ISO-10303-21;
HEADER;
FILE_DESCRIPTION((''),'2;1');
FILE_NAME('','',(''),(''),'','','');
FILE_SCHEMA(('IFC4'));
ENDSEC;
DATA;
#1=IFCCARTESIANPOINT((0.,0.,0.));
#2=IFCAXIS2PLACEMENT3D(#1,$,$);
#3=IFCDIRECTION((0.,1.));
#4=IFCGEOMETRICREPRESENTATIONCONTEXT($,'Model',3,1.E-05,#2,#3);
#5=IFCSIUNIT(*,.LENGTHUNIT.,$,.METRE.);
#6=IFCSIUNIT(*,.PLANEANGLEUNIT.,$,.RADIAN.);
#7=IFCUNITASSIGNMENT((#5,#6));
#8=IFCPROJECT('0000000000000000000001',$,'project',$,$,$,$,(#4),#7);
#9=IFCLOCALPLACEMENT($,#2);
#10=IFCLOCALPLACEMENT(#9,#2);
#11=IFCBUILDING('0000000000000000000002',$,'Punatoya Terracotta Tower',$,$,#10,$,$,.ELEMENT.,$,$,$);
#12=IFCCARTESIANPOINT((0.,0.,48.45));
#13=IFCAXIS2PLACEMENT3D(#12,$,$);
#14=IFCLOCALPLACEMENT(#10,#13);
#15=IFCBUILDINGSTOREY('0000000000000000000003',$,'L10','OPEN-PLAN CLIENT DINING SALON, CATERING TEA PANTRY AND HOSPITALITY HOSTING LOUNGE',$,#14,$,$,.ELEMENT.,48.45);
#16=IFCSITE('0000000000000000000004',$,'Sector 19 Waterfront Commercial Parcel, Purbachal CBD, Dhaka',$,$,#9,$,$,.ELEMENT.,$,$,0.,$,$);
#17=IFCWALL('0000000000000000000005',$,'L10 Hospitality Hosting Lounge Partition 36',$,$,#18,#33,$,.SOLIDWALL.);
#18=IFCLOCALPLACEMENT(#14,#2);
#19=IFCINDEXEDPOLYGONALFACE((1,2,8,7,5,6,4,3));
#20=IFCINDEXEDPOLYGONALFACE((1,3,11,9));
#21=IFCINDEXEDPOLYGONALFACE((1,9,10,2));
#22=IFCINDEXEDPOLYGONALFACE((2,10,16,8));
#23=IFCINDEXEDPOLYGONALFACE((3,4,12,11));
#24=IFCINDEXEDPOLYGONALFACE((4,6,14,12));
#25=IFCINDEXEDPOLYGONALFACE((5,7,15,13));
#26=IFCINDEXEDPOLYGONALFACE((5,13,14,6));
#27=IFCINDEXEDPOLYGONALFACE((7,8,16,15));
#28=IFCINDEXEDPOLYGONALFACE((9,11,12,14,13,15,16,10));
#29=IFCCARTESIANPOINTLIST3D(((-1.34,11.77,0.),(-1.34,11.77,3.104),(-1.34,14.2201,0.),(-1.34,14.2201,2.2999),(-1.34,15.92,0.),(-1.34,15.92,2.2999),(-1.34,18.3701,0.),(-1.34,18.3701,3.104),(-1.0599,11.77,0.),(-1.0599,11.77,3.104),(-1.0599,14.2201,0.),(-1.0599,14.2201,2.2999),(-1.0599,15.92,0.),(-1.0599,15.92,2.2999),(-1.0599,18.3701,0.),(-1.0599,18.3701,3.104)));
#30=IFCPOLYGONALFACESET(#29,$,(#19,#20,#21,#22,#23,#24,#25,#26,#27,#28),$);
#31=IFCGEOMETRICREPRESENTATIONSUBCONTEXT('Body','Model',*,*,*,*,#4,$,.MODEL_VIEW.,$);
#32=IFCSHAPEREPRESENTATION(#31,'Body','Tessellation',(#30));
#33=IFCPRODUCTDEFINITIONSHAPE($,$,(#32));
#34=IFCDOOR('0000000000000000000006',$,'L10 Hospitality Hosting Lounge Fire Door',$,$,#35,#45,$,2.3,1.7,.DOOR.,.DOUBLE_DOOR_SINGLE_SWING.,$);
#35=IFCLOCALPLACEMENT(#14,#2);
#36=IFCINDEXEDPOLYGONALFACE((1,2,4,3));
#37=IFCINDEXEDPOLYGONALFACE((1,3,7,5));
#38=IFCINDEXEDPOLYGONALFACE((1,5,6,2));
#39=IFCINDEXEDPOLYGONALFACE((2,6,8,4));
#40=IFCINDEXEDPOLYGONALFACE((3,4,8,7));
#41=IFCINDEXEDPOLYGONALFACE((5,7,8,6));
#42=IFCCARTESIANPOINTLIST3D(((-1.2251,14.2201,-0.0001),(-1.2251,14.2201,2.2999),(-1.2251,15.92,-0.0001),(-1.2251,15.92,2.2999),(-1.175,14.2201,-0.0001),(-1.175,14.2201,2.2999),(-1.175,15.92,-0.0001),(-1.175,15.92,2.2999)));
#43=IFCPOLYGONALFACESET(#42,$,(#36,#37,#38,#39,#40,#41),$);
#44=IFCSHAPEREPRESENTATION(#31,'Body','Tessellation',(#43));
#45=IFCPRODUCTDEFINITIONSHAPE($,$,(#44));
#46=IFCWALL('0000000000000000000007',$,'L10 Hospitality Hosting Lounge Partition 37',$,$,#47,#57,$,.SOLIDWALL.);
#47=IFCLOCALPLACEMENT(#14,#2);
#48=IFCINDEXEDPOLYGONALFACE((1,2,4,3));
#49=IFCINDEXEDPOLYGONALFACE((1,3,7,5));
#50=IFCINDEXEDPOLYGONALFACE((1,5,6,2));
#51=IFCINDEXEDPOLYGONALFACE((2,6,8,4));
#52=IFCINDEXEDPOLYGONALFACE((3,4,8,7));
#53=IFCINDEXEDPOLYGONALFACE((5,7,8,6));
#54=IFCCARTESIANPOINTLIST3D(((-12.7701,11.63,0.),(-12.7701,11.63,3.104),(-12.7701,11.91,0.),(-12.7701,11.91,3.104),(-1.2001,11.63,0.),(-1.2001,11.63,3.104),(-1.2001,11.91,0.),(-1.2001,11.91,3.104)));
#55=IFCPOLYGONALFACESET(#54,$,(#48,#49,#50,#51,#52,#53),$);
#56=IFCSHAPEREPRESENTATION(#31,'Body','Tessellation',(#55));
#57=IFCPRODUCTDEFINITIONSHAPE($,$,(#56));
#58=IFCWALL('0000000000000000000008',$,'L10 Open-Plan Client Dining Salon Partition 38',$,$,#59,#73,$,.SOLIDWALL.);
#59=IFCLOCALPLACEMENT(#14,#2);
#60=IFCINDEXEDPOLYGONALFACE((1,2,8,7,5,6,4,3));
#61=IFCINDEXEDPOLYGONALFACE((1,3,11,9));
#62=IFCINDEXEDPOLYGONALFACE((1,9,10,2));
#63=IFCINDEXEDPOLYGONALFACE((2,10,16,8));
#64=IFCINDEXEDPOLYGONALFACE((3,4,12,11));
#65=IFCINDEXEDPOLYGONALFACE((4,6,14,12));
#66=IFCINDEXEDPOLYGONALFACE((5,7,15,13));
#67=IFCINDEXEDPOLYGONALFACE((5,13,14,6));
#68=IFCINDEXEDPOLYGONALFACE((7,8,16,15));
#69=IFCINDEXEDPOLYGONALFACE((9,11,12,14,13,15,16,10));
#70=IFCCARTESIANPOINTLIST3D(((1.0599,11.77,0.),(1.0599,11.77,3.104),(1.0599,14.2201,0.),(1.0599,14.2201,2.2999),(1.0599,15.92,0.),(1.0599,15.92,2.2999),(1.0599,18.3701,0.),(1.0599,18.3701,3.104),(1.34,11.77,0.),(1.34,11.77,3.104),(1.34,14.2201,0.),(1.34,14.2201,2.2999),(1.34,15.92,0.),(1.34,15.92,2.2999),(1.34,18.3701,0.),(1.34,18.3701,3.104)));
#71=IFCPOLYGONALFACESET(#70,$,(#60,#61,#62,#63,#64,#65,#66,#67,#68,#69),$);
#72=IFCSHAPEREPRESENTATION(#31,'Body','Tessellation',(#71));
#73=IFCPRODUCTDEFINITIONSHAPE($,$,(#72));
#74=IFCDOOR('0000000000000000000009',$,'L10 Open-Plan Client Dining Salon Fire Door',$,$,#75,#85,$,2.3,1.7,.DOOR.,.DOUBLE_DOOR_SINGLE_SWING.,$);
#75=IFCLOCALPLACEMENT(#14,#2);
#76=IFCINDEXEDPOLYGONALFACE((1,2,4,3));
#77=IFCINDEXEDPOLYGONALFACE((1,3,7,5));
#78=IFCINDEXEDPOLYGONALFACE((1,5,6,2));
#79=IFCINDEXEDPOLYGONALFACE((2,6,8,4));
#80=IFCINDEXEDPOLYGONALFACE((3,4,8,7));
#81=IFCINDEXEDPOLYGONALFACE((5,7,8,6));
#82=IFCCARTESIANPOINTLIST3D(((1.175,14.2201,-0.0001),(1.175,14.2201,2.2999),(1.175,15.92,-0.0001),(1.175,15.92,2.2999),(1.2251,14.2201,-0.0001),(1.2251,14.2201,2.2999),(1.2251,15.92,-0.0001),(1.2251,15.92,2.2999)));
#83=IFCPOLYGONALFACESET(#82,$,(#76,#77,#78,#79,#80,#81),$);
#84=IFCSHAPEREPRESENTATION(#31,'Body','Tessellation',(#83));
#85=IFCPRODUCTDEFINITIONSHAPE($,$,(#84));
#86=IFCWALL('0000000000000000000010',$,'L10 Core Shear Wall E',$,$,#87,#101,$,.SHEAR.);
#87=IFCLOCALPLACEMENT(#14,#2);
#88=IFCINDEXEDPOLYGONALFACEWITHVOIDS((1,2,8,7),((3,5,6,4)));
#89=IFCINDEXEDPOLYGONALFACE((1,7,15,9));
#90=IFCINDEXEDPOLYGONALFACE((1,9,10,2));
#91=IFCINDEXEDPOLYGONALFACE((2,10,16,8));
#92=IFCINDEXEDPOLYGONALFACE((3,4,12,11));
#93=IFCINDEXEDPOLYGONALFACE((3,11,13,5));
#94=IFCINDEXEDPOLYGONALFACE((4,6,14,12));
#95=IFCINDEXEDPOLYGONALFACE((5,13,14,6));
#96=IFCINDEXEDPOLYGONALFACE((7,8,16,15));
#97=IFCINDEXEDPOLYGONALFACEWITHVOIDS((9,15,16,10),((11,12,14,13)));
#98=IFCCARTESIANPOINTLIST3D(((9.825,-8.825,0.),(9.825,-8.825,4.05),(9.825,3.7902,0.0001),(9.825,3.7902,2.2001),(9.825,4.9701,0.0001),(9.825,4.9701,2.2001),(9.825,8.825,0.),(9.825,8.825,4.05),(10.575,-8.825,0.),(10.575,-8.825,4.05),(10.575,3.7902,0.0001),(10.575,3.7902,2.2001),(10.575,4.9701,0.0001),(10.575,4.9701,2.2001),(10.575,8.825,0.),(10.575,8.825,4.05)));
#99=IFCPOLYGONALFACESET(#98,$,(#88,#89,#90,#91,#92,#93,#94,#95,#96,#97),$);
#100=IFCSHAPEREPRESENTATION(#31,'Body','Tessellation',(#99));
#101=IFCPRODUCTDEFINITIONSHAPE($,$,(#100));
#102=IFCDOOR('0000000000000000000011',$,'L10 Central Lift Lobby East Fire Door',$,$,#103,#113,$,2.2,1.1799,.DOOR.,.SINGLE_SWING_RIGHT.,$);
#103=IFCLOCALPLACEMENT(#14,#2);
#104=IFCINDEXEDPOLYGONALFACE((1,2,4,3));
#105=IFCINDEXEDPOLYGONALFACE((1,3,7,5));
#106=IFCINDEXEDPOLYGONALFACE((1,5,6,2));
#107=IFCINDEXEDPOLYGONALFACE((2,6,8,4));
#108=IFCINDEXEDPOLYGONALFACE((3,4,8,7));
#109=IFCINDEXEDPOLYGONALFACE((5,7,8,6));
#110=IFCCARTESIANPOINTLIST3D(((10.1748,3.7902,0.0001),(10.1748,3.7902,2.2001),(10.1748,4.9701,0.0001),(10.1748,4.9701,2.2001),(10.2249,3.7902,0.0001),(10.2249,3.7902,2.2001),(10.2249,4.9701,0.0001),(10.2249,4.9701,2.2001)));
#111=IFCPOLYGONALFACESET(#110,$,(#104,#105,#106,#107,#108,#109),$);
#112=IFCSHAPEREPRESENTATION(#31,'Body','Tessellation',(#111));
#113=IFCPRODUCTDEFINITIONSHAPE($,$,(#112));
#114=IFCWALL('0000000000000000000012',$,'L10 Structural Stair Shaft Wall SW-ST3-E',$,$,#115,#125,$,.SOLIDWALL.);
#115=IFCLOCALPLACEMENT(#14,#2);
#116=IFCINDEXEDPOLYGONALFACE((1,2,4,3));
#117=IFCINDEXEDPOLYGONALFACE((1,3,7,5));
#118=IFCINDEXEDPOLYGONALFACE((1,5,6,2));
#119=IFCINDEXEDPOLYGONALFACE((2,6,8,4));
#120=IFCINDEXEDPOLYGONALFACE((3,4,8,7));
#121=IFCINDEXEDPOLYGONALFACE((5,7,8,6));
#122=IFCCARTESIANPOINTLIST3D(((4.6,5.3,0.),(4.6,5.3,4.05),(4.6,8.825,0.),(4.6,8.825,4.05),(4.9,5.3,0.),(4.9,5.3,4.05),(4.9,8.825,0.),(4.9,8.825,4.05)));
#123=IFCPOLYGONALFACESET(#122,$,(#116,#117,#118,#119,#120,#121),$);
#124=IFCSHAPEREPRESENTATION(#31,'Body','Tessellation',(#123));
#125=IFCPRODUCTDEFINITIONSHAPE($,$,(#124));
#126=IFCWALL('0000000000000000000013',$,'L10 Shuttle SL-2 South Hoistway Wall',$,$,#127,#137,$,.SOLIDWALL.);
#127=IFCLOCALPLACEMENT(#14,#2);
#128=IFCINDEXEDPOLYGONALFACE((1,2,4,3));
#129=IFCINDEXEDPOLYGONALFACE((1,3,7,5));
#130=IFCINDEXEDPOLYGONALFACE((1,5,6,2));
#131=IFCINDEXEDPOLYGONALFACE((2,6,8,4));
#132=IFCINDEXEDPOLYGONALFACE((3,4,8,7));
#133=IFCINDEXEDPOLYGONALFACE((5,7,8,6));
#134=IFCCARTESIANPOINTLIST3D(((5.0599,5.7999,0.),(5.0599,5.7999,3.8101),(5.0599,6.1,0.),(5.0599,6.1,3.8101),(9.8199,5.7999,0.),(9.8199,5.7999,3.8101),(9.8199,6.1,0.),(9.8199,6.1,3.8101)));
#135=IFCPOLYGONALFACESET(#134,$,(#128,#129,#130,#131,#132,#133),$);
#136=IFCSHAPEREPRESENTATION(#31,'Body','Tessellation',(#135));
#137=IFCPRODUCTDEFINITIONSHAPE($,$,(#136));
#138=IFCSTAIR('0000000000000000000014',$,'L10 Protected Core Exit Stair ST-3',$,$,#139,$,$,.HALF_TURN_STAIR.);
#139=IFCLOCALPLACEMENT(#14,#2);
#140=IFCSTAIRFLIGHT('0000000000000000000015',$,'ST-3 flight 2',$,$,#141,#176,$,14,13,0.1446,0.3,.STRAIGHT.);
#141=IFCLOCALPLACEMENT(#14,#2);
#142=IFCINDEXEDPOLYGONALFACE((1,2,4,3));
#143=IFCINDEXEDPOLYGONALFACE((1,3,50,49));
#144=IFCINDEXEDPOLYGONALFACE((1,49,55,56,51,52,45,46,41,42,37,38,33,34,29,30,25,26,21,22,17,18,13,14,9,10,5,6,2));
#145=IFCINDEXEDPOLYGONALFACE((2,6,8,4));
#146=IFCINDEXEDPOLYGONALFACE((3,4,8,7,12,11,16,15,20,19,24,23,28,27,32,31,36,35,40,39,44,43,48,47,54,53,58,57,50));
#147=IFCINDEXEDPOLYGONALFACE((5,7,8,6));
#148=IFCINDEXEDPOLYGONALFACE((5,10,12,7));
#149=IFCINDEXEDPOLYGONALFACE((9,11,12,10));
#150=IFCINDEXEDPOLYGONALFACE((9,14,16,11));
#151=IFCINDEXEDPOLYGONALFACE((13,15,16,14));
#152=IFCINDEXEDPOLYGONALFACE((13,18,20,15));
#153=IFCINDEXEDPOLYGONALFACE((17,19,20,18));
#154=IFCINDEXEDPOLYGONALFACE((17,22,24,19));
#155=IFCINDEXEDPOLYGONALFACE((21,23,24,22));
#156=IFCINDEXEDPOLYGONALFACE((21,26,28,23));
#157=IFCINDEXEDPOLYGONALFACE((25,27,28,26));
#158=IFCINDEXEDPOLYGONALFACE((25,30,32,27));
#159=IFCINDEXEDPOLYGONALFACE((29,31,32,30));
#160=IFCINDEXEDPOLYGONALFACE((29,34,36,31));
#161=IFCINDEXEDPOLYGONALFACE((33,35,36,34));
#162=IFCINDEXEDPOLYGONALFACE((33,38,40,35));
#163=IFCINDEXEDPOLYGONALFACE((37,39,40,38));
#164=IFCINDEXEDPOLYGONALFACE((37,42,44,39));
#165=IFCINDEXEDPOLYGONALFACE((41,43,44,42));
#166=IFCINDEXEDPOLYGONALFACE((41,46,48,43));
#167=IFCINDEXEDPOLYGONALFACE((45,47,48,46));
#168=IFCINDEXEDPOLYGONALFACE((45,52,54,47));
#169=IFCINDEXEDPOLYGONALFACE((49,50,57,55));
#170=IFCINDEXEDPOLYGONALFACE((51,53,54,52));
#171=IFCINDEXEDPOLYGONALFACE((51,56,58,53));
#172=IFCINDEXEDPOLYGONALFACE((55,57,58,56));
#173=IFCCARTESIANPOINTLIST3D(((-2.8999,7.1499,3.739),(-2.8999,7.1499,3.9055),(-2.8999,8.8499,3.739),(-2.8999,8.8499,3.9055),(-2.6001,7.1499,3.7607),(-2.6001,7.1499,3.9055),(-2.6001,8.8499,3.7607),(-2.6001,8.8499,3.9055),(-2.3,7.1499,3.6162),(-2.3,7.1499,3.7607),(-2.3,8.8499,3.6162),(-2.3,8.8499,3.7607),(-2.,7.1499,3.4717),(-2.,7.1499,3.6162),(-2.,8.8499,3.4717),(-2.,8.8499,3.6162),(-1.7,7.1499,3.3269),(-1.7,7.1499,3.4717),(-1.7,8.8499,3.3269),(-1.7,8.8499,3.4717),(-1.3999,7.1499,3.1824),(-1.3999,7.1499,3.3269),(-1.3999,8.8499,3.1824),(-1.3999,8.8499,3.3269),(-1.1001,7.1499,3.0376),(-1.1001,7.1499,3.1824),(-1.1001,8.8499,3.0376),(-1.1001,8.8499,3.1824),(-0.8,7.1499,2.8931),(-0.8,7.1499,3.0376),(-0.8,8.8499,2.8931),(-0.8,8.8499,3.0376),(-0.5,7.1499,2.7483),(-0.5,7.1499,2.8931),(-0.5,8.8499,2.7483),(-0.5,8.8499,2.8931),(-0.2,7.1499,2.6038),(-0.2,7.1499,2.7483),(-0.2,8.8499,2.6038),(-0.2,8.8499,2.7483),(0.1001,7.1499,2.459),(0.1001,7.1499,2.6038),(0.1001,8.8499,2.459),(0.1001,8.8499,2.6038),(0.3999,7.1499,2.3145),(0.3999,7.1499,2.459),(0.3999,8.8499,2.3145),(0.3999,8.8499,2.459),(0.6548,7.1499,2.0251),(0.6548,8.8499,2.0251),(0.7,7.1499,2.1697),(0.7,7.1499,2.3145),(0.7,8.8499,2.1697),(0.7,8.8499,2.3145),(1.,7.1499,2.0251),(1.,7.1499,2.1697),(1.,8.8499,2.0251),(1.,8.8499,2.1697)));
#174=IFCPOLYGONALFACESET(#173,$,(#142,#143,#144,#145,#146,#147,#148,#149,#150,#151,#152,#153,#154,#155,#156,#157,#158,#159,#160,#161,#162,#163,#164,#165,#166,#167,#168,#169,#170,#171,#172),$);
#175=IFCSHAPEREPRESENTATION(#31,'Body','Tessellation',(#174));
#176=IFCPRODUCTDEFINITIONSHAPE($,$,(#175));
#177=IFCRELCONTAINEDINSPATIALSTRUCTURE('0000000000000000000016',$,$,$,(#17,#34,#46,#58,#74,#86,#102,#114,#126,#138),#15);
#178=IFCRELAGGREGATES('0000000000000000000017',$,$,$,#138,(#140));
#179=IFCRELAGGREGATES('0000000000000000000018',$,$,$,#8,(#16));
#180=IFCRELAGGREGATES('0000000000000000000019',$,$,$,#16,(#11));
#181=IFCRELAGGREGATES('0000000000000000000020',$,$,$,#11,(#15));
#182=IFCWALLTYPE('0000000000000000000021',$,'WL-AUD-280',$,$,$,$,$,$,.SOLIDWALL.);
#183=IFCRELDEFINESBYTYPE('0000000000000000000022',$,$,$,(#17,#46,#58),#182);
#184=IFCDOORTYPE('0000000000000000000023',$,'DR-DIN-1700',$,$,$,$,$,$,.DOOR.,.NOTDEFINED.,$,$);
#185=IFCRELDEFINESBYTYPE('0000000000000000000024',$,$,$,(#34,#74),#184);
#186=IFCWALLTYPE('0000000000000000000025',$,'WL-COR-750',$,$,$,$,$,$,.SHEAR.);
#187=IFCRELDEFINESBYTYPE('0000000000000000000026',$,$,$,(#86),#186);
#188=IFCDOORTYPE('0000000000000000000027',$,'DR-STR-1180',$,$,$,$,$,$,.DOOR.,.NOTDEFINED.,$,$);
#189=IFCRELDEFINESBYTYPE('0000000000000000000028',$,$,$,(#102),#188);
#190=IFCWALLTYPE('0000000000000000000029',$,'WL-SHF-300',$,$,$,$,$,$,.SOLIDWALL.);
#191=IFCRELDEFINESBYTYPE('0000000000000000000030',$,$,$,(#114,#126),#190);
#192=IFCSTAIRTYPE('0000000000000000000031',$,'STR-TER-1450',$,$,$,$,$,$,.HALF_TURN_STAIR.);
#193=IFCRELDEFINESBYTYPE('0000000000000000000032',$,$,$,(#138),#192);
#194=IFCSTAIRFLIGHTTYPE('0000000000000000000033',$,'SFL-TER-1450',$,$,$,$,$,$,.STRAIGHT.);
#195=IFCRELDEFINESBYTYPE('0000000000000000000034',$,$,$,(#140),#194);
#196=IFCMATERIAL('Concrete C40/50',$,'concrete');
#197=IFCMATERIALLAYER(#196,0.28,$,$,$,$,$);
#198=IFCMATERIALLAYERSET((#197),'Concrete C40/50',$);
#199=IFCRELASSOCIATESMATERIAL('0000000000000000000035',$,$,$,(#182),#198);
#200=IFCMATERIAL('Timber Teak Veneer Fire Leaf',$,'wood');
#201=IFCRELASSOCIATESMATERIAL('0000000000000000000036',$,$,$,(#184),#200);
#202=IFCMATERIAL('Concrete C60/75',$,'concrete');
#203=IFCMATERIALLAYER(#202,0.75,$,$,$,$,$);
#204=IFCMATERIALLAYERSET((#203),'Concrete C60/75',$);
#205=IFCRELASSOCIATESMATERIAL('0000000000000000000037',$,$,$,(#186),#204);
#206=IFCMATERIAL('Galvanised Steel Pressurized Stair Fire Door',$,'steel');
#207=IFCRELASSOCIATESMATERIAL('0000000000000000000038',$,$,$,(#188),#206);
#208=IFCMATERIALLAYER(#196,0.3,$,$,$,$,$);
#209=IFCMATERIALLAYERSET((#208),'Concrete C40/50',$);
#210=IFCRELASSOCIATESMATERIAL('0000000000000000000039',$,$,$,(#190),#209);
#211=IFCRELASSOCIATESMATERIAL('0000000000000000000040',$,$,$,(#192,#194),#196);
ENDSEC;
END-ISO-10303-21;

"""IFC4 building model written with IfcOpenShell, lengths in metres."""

from ifc_helpers import new_model, si_unit, direction, frame, frame_2d, origin, place, context, subcontext, project, spatial, polyline, rectangle, outline, extrude, material, layer, layer_set, type_object, element, fill, aggregate, save


model = new_model("IFC4")

# Units and contexts
model_context = context("Model", 3, precision=1e-05, world=origin(), true_north=direction((0.0, 1.0)))
body_context = subcontext(model_context, "Body", "Model", "MODEL_VIEW")
ifc_project = project(units=[si_unit("LENGTHUNIT", "METRE"), si_unit("PLANEANGLEUNIT", "RADIAN")], contexts=[model_context])

# Site, building, storey
site_placement = place(None, origin())
site = spatial("IfcSite", under=ifc_project, at=site_placement, Name="Sector 19 Waterfront Commercial Parcel, Purbachal CBD, Dhaka", CompositionType="ELEMENT", RefElevation=0.0)
building_placement = place(site_placement, origin())
building = spatial("IfcBuilding", under=site, at=building_placement, Name="Punatoya Terracotta Tower", CompositionType="ELEMENT")
storey_placement = place(building_placement, frame((0.0, 0.0, 48.45)))
storey = spatial("IfcBuildingStorey", under=building, at=storey_placement, Name="L10", Description="OPEN-PLAN CLIENT DINING SALON, CATERING TEA PANTRY AND HOSPITALITY HOSTING LOUNGE", CompositionType="ELEMENT", Elevation=48.45)

# Wall, opening, door
ifc_material_1 = material(Name="Concrete C40/50", Category="concrete")
ifc_layer_1 = layer(ifc_material_1, 0.28)
ifc_layer_set_1 = layer_set([ifc_layer_1], Name="Concrete C40/50")
wall_type_1 = type_object("IfcWallType", Name="WL-AUD-280", PredefinedType="SOLIDWALL", material=ifc_layer_set_1)
wall_1_placement = place(storey_placement, frame((-1.2, 18.3701, 0.0), z_axis=(0.0, 0.0, 1.0), x_axis=(0.0, -1.0, 0.0)))
wall_1 = element("IfcWall", 1, at=wall_1_placement, inside=storey, type_object=wall_type_1, Name="L10 Hospitality Hosting Lounge Partition 36", PredefinedType="SOLIDWALL", context=body_context, shape_type="SweptSolid", body=[
    extrude(rectangle(XDim=6.6001, YDim=0.28, at=frame_2d((3.3, 0.0))), origin(), (0.0, 0.0, 1.0), 3.104),
])
opening_1_placement = place(wall_1_placement, frame((2.45, 0.0, 0.0)))
opening_1 = element("IfcOpeningElement", 2, at=opening_1_placement, cuts=wall_1, PredefinedType="OPENING", context=body_context, shape_type="SweptSolid", body=[
    extrude(rectangle(XDim=1.7, YDim=2.3, at=frame_2d((0.8501, 1.1499))), frame((0.0, 0.1499, 0.0), z_axis=(0.0, -1.0, 0.0), x_axis=(1.0, 0.0, 0.0)), (0.0, 0.0, 1.0), 0.3),
])
ifc_material_2 = material(Name="Timber Teak Veneer Fire Leaf", Category="wood")
door_type_1 = type_object("IfcDoorType", Name="DR-DIN-1700", OperationType="NOTDEFINED", PredefinedType="DOOR", material=ifc_material_2)
door_1_placement = place(opening_1_placement, origin())
door_1 = element("IfcDoor", 3, at=door_1_placement, inside=storey, type_object=door_type_1, Name="L10 Hospitality Hosting Lounge Fire Door", OperationType="DOUBLE_DOOR_SINGLE_SWING", OverallHeight=2.3, OverallWidth=1.7, PredefinedType="DOOR", context=body_context, shape_type="SweptSolid", body=[
    extrude(rectangle(XDim=1.7, YDim=2.3, at=frame_2d((0.8501, 1.1499))), frame((0.0, 0.0249, 0.0), z_axis=(0.0, -1.0, 0.0), x_axis=(1.0, 0.0, 0.0)), (0.0, 0.0, 1.0), 0.05),
])
fill(opening_1, door_1)

# Wall
wall_2_placement = place(storey_placement, frame((-1.2, 11.77, 0.0), z_axis=(0.0, 0.0, 1.0), x_axis=(-1.0, 0.0, 0.0)))
element("IfcWall", 4, at=wall_2_placement, inside=storey, type_object=wall_type_1, Name="L10 Hospitality Hosting Lounge Partition 37", PredefinedType="SOLIDWALL", context=body_context, shape_type="SweptSolid", body=[
    extrude(rectangle(XDim=11.5701, YDim=0.28, at=frame_2d((5.7852, 0.0))), origin(), (0.0, 0.0, 1.0), 3.104),
])

# Walls, openings, doors
wall_3_placement = place(storey_placement, frame((1.2, 11.77, 0.0), z_axis=(0.0, 0.0, 1.0), x_axis=(0.0, 1.0, 0.0)))
wall_3 = element("IfcWall", 5, at=wall_3_placement, inside=storey, type_object=wall_type_1, Name="L10 Open-Plan Client Dining Salon Partition 38", PredefinedType="SOLIDWALL", context=body_context, shape_type="SweptSolid", body=[
    extrude(rectangle(XDim=6.6001, YDim=0.28, at=frame_2d((3.3, 0.0))), origin(), (0.0, 0.0, 1.0), 3.104),
])
opening_2_placement = place(wall_3_placement, frame((2.45, 0.0, 0.0)))
opening_2 = element("IfcOpeningElement", 6, at=opening_2_placement, cuts=wall_3, PredefinedType="OPENING", context=body_context, shape_type="SweptSolid", body=[
    extrude(rectangle(XDim=1.7, YDim=2.3, at=frame_2d((0.8501, 1.1499))), frame((0.0, 0.1499, 0.0), z_axis=(0.0, -1.0, 0.0), x_axis=(1.0, 0.0, 0.0)), (0.0, 0.0, 1.0), 0.3),
])
door_2_placement = place(opening_2_placement, origin())
door_2 = element("IfcDoor", 7, at=door_2_placement, inside=storey, type_object=door_type_1, Name="L10 Open-Plan Client Dining Salon Fire Door", OperationType="DOUBLE_DOOR_SINGLE_SWING", OverallHeight=2.3, OverallWidth=1.7, PredefinedType="DOOR", context=body_context, shape_type="SweptSolid", body=[
    extrude(rectangle(XDim=1.7, YDim=2.3, at=frame_2d((0.8501, 1.1499))), frame((0.0, 0.0249, 0.0), z_axis=(0.0, -1.0, 0.0), x_axis=(1.0, 0.0, 0.0)), (0.0, 0.0, 1.0), 0.05),
])
fill(opening_2, door_2)
ifc_material_3 = material(Name="Concrete C60/75", Category="concrete")
ifc_layer_2 = layer(ifc_material_3, 0.75)
ifc_layer_set_2 = layer_set([ifc_layer_2], Name="Concrete C60/75")
wall_type_2 = type_object("IfcWallType", Name="WL-COR-750", PredefinedType="SHEAR", material=ifc_layer_set_2)
wall_4_placement = place(storey_placement, frame((10.2, 8.825, 0.0), z_axis=(0.0, 0.0, 1.0), x_axis=(0.0, -1.0, 0.0)))
wall_4 = element("IfcWall", 8, at=wall_4_placement, inside=storey, type_object=wall_type_2, Name="L10 Core Shear Wall E", PredefinedType="SHEAR", context=body_context, shape_type="SweptSolid", body=[
    extrude(rectangle(XDim=17.6499, YDim=0.75, at=frame_2d((8.825, 0.0))), origin(), (0.0, 0.0, 1.0), 4.05),
])
opening_3_placement = place(wall_4_placement, frame((3.855, 0.0, 0.0)))
opening_3 = element("IfcOpeningElement", 9, at=opening_3_placement, cuts=wall_4, PredefinedType="OPENING", context=body_context, shape_type="SweptSolid", body=[
    extrude(rectangle(XDim=1.1799, YDim=2.2, at=frame_2d((0.5898, 1.1001))), frame((0.0, 0.385, 0.0), z_axis=(0.0, -1.0, 0.0), x_axis=(1.0, 0.0, 0.0)), (0.0, 0.0, 1.0), 0.77),
])
ifc_material_4 = material(Name="Galvanised Steel Pressurized Stair Fire Door", Category="steel")
door_type_2 = type_object("IfcDoorType", Name="DR-STR-1180", OperationType="NOTDEFINED", PredefinedType="DOOR", material=ifc_material_4)
door_3_placement = place(opening_3_placement, origin())
door_3 = element("IfcDoor", 10, at=door_3_placement, inside=storey, type_object=door_type_2, Name="L10 Central Lift Lobby East Fire Door", OperationType="SINGLE_SWING_RIGHT", OverallHeight=2.2, OverallWidth=1.1799, PredefinedType="DOOR", context=body_context, shape_type="SweptSolid", body=[
    extrude(rectangle(XDim=1.1799, YDim=2.2, at=frame_2d((0.5898, 1.1001))), frame((0.0, 0.0249, 0.0), z_axis=(0.0, -1.0, 0.0), x_axis=(1.0, 0.0, 0.0)), (0.0, 0.0, 1.0), 0.05),
])
fill(opening_3, door_3)

# Walls
ifc_layer_3 = layer(ifc_material_1, 0.3)
ifc_layer_set_3 = layer_set([ifc_layer_3], Name="Concrete C40/50")
wall_type_3 = type_object("IfcWallType", Name="WL-SHF-300", PredefinedType="SOLIDWALL", material=ifc_layer_set_3)
wall_5_placement = place(storey_placement, frame((4.75, 8.825, 0.0), z_axis=(0.0, 0.0, 1.0), x_axis=(0.0, -1.0, 0.0)))
element("IfcWall", 11, at=wall_5_placement, inside=storey, type_object=wall_type_3, Name="L10 Structural Stair Shaft Wall SW-ST3-E", PredefinedType="SOLIDWALL", context=body_context, shape_type="SweptSolid", body=[
    extrude(rectangle(XDim=3.5249, YDim=0.3, at=frame_2d((1.7625, 0.0))), origin(), (0.0, 0.0, 1.0), 4.05),
])
wall_6_placement = place(storey_placement, frame((5.0601, 5.95, 0.0), z_axis=(0.0, 0.0, 1.0), x_axis=(1.0, 0.0, 0.0)))
element("IfcWall", 12, at=wall_6_placement, inside=storey, type_object=wall_type_3, Name="L10 Shuttle SL-2 South Hoistway Wall", PredefinedType="SOLIDWALL", context=body_context, shape_type="SweptSolid", body=[
    extrude(rectangle(XDim=4.76, YDim=0.3, at=frame_2d((2.3799, 0.0))), origin(), (0.0, 0.0, 1.0), 3.8101),
])

# Stair, stair flight
stair_type = type_object("IfcStairType", Name="STR-TER-1450", PredefinedType="HALF_TURN_STAIR", material=ifc_material_1)
stair_placement = place(storey_placement, origin())
stair = element("IfcStair", 13, at=stair_placement, inside=storey, type_object=stair_type, Name="L10 Protected Core Exit Stair ST-3", PredefinedType="HALF_TURN_STAIR")
stair_flight_type = type_object("IfcStairFlightType", Name="SFL-TER-1450", PredefinedType="STRAIGHT", material=ifc_material_1)
stair_flight_placement = place(storey_placement, frame((1.0, 8.0, 2.0251), z_axis=(0.0, 0.0, 1.0), x_axis=(-1.0, 0.0, 0.0)))
stair_flight = element("IfcStairFlight", 14, at=stair_flight_placement, type_object=stair_flight_type, Name="ST-3 flight 2", NumberOfRisers=14, NumberOfTreads=13, PredefinedType="STRAIGHT", RiserHeight=0.1446, TreadLength=0.3, context=body_context, shape_type="SweptSolid", body=[
    extrude(outline(polyline([(0.0, 0.0), (0.0, 0.1445), (0.3, 0.1445), (0.3, 0.2893), (0.6001, 0.2893), (0.6001, 0.4338), (0.8999, 0.4338), (0.8999, 0.5786), (1.2, 0.5786), (1.2, 0.7231), (1.5, 0.7231), (1.5, 0.8679), (1.8, 0.8679), (1.8, 1.0125), (2.1001, 1.0125), (2.1001, 1.1572), (2.3999, 1.1572), (2.3999, 1.3018), (2.7, 1.3018), (2.7, 1.4465), (3.0, 1.4465), (3.0, 1.5911), (3.3, 1.5911), (3.3, 1.7356), (3.6001, 1.7356), (3.6001, 1.8804), (3.8999, 1.8804), (3.8999, 2.0249), (3.8999, 1.7139), (0.3452, 0.0), (0.0, 0.0)])), frame((0.0, 0.8501, 0.0), z_axis=(0.0, -1.0, 0.0), x_axis=(1.0, 0.0, 0.0)), (0.0, 0.0, 1.0), 1.7),
])
aggregate(stair, [stair_flight])

save(model, "model.ifc")
